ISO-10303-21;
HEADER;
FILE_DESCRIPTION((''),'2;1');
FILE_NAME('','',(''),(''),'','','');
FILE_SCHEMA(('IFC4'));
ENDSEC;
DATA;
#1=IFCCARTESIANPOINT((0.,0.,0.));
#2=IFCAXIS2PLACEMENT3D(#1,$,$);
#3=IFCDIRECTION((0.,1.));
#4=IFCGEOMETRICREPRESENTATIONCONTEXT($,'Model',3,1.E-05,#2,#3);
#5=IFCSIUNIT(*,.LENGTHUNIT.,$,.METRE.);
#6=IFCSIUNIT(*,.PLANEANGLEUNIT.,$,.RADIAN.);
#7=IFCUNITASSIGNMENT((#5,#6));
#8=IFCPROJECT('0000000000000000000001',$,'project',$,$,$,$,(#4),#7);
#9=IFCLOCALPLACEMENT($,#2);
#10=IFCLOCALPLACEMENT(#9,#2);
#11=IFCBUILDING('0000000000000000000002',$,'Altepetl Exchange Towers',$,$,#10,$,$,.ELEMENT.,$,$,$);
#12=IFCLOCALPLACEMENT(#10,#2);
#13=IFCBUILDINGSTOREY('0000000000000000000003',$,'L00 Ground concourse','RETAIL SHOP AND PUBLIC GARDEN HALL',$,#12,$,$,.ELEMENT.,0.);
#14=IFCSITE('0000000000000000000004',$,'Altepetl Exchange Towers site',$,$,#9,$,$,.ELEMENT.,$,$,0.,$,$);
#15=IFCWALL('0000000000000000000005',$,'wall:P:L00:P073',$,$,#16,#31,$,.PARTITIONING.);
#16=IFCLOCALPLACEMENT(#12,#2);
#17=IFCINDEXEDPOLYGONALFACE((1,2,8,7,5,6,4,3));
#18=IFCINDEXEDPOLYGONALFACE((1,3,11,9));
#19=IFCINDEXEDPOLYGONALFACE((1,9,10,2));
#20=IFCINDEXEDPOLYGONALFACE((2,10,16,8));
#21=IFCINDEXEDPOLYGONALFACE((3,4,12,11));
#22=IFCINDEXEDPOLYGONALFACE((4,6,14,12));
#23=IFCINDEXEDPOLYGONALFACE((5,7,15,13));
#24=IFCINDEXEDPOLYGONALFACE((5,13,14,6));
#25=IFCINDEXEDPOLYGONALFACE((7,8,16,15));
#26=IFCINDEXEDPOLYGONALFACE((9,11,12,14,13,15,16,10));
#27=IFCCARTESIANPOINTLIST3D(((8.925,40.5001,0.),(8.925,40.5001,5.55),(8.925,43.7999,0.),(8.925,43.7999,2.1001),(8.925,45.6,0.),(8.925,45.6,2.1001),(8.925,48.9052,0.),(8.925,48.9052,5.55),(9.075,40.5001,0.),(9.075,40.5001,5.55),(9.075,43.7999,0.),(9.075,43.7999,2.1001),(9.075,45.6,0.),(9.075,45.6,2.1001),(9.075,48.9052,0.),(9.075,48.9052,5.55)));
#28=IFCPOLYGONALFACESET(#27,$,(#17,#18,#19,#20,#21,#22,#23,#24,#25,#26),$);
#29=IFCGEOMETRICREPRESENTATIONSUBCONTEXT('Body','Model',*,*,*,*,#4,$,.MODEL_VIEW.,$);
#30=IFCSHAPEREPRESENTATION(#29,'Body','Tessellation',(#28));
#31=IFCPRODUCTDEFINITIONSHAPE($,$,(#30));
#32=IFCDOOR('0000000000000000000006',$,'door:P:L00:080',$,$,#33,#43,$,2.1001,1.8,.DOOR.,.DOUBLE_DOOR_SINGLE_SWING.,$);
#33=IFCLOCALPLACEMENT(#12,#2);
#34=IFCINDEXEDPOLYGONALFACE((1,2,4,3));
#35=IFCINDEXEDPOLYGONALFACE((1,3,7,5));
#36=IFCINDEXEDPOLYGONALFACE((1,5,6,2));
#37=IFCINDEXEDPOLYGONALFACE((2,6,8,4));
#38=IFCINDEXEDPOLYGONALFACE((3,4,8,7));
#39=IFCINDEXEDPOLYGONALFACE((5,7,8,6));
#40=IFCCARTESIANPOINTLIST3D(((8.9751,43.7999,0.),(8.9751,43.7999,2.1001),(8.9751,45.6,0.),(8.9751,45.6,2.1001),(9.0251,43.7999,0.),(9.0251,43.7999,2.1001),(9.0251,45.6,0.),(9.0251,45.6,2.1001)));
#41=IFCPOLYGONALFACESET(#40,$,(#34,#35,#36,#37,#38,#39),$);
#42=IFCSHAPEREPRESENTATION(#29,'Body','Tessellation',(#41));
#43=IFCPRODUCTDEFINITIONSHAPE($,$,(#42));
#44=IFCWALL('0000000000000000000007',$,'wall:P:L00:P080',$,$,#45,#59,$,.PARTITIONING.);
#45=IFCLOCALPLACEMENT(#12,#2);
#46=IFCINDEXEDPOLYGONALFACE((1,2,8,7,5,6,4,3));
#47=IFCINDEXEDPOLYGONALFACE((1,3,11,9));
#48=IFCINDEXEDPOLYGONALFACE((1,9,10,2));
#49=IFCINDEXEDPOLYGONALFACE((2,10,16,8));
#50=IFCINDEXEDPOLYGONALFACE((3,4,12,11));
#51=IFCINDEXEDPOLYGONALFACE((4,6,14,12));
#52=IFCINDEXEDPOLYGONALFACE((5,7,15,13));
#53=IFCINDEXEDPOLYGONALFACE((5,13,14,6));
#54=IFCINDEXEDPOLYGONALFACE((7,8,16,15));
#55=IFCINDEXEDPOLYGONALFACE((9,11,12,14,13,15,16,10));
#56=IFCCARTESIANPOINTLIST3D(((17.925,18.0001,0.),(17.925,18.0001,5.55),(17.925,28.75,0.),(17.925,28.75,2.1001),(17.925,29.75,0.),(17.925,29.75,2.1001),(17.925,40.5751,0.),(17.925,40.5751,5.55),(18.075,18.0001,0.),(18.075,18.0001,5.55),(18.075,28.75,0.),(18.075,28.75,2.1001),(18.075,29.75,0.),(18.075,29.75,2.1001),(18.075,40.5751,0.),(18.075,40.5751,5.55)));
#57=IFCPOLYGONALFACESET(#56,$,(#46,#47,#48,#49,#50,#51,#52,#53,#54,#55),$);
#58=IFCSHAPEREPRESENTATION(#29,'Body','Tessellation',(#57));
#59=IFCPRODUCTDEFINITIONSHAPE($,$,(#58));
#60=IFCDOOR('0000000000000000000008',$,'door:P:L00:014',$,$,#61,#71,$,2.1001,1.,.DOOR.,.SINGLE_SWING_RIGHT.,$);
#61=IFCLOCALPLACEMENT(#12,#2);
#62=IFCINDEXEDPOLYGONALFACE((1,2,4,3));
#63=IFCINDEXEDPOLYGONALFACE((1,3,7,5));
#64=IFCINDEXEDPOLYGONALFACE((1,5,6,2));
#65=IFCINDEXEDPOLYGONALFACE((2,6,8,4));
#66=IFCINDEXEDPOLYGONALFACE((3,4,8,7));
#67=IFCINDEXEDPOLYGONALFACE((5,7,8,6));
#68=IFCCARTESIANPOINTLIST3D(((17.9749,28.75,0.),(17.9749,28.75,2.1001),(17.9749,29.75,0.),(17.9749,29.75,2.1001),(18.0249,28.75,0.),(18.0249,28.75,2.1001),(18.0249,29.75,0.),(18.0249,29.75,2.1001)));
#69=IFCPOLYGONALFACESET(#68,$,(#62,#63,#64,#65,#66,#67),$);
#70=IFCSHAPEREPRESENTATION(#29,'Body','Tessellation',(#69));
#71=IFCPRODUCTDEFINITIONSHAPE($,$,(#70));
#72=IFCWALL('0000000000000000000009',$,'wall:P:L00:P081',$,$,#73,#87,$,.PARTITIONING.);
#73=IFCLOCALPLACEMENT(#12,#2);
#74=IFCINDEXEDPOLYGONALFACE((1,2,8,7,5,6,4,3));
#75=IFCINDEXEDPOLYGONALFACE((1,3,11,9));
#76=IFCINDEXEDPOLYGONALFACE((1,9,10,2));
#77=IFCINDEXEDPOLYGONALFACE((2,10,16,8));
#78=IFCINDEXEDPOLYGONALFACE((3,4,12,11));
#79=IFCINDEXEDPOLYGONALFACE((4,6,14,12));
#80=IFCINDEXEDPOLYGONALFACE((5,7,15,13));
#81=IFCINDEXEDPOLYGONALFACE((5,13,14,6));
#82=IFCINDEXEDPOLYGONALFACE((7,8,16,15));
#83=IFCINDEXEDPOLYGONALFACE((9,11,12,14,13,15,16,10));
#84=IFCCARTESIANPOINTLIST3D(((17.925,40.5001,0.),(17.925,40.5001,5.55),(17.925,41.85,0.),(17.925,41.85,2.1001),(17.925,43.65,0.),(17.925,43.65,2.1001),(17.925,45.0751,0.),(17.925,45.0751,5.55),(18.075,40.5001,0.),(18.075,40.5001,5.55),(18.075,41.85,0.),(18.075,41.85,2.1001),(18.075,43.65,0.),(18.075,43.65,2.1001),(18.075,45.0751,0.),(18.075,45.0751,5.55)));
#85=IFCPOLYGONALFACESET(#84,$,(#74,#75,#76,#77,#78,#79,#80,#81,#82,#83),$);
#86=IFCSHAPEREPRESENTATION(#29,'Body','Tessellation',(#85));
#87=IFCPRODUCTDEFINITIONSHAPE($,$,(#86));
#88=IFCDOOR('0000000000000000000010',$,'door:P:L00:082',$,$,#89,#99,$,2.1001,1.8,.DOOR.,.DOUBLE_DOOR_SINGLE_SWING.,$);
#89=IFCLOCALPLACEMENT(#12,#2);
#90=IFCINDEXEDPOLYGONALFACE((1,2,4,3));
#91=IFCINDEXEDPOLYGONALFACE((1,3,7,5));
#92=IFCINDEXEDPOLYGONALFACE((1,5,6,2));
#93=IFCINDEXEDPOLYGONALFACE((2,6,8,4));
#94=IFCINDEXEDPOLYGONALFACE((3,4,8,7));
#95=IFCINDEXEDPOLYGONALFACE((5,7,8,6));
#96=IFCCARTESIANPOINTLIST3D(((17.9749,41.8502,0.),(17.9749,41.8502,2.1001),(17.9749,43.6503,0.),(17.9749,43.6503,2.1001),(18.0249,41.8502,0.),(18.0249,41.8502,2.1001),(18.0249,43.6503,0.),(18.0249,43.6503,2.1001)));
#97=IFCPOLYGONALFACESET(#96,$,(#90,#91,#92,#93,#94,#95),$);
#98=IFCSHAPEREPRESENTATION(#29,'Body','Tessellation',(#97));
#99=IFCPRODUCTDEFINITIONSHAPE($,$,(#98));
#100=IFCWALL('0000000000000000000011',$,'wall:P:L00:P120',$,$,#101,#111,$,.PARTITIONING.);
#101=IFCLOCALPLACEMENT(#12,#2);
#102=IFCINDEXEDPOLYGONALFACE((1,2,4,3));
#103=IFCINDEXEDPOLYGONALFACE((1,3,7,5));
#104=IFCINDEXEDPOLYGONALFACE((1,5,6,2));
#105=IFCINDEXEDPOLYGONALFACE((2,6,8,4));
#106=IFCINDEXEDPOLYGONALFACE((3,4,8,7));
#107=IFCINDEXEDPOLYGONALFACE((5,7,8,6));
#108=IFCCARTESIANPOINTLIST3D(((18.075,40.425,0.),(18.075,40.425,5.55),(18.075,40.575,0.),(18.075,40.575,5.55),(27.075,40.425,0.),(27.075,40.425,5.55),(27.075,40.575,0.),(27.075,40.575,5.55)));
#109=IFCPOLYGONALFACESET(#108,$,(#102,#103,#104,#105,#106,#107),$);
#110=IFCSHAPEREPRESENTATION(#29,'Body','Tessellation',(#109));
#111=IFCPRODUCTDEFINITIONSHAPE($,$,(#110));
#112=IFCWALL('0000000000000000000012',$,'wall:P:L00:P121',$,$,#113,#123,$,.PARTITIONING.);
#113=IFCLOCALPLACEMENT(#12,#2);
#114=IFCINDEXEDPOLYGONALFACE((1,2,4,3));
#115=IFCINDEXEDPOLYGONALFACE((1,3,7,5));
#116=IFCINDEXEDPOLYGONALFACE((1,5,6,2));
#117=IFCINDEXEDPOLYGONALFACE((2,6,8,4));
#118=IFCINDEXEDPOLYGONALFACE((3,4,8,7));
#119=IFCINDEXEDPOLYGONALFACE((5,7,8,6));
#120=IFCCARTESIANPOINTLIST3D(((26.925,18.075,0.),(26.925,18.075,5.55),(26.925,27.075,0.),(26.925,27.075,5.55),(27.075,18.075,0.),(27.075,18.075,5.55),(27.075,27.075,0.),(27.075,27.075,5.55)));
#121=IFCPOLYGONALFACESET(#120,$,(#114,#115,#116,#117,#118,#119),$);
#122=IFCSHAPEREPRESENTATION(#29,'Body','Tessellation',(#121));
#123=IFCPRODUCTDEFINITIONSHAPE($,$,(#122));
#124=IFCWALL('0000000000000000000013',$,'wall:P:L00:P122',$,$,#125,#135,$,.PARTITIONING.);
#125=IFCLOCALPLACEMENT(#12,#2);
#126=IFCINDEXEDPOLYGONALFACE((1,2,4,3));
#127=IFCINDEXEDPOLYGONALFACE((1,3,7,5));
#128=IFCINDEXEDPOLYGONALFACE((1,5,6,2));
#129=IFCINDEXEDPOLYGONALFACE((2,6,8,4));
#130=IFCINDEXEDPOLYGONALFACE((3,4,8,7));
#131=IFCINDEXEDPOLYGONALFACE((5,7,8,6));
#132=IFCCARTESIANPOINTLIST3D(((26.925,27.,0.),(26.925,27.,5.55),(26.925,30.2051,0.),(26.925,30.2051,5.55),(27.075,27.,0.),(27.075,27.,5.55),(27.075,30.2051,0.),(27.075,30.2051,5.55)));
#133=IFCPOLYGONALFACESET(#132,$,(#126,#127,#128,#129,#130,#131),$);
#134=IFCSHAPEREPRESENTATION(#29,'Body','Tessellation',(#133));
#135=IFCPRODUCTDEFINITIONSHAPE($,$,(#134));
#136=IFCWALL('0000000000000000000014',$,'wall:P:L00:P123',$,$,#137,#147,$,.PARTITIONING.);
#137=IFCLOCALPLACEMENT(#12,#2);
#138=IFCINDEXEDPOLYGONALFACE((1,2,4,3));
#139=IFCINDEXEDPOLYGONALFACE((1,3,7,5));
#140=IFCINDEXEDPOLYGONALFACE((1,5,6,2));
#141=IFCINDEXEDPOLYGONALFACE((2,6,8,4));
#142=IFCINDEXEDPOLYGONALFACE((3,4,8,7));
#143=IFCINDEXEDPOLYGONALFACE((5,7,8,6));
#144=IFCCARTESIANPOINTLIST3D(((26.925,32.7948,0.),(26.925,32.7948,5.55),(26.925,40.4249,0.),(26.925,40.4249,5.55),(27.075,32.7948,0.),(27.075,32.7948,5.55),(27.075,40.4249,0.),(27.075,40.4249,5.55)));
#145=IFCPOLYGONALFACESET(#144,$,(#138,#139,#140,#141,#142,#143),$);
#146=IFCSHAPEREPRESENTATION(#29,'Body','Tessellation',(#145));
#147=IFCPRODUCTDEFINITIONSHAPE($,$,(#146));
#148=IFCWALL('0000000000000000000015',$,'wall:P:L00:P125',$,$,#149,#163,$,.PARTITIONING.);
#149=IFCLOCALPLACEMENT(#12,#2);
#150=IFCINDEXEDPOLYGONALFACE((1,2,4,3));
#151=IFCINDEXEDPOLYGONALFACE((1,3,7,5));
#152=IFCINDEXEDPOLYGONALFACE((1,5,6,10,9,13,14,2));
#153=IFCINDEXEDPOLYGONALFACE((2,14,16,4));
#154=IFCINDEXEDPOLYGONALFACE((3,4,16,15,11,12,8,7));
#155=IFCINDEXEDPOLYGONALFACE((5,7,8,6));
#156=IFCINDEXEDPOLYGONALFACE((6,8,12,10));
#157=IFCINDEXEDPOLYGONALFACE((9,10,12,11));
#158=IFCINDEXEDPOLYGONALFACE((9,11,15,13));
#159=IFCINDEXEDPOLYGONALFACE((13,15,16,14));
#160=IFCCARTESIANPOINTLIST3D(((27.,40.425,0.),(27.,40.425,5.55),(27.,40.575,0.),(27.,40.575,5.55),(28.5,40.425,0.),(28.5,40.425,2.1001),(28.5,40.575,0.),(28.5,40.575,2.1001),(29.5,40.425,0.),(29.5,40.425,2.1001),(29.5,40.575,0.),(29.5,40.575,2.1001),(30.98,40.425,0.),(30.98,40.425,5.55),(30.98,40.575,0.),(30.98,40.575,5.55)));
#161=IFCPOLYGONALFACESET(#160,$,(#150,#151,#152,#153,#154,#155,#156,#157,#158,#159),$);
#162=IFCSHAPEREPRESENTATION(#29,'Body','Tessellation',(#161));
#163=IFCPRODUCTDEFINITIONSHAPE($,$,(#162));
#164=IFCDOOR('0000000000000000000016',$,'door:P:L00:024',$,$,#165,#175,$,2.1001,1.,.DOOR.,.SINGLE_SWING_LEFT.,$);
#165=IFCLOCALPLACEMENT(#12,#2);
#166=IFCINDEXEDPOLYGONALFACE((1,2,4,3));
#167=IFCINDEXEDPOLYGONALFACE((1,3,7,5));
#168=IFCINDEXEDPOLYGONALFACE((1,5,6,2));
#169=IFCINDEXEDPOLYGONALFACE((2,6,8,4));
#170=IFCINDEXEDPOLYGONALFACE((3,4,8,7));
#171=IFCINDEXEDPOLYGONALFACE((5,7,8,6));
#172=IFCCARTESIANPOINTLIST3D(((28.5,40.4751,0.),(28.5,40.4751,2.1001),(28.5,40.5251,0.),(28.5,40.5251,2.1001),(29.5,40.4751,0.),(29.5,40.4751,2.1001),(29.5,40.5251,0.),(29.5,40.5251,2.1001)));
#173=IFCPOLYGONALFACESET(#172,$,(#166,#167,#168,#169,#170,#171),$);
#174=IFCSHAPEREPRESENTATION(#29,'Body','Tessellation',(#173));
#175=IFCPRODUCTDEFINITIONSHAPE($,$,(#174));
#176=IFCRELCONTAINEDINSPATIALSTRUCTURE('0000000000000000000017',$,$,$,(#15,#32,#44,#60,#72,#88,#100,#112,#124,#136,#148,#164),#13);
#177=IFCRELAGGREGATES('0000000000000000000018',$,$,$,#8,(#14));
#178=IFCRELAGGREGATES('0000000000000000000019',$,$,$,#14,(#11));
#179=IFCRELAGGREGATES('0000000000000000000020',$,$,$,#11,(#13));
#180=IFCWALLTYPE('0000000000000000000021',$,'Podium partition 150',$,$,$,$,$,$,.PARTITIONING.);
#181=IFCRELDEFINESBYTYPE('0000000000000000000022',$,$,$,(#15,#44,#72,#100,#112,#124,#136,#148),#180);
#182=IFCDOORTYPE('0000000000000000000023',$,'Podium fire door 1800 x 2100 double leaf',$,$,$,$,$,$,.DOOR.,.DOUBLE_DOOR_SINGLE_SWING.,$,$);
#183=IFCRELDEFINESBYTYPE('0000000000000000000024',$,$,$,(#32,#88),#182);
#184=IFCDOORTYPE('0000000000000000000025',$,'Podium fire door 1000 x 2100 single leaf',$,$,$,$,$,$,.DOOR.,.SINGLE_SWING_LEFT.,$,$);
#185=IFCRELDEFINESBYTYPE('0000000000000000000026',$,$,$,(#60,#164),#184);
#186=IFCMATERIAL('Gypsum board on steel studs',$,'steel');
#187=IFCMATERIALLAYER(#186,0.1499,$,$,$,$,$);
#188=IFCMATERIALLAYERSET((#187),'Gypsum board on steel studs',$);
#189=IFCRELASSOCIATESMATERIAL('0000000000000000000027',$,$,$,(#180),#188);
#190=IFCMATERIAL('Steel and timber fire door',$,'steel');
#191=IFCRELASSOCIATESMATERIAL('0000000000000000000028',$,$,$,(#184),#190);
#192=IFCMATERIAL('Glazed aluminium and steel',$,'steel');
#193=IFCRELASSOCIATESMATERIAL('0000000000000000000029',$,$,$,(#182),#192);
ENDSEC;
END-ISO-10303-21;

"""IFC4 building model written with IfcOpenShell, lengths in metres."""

from ifc_helpers import new_model, si_unit, direction, frame, frame_2d, origin, place, context, subcontext, project, spatial, rectangle, extrude, material, layer, layer_set, type_object, element, fill, save


model = new_model("IFC4")

# Units and contexts
model_context = context("Model", 3, precision=1e-05, world=origin(), true_north=direction((0.0, 1.0)))
body_context = subcontext(model_context, "Body", "Model", "MODEL_VIEW")
ifc_project = project(units=[si_unit("LENGTHUNIT", "METRE"), si_unit("PLANEANGLEUNIT", "RADIAN")], contexts=[model_context])

# Site, building, storey
site_placement = place(None, origin())
site = spatial("IfcSite", under=ifc_project, at=site_placement, Name="Altepetl Exchange Towers site", CompositionType="ELEMENT", RefElevation=0.0)
building_placement = place(site_placement, origin())
building = spatial("IfcBuilding", under=site, at=building_placement, Name="Altepetl Exchange Towers", CompositionType="ELEMENT")
storey_placement = place(building_placement, origin())
storey = spatial("IfcBuildingStorey", under=building, at=storey_placement, Name="L00 Ground concourse", Description="RETAIL SHOP AND PUBLIC GARDEN HALL", CompositionType="ELEMENT", Elevation=0.0)

# Shared definitions
ifc_material_1 = material(Name="Gypsum board on steel studs", Category="steel")
ifc_layer = layer(ifc_material_1, 0.1499)
ifc_layer_set = layer_set([ifc_layer], Name="Gypsum board on steel studs")
wall_type = type_object("IfcWallType", Name="Podium partition 150", PredefinedType="PARTITIONING", material=ifc_layer_set)

# Shared definitions
ifc_material_2 = material(Name="Steel and timber fire door", Category="steel")
door_type_1 = type_object("IfcDoorType", Name="Podium fire door 1000 x 2100 single leaf", OperationType="SINGLE_SWING_LEFT", PredefinedType="DOOR", material=ifc_material_2)

# Shared definitions
ifc_material_3 = material(Name="Glazed aluminium and steel", Category="steel")
door_type_2 = type_object("IfcDoorType", Name="Podium fire door 1800 x 2100 double leaf", OperationType="DOUBLE_DOOR_SINGLE_SWING", PredefinedType="DOOR", material=ifc_material_3)

# Walls, openings, doors
wall_1_placement = place(storey_placement, frame((9.0, 40.5, 0.0), z_axis=(0.0, 0.0, 1.0), x_axis=(0.0, 1.0, 0.0)))
wall_1 = element("IfcWall", 1, at=wall_1_placement, inside=storey, type_object=wall_type, Name="wall:P:L00:P073", PredefinedType="PARTITIONING", context=body_context, shape_type="SweptSolid", body=[
    extrude(rectangle(XDim=8.405, YDim=0.1499, at=frame_2d((4.2026, 0.0))), origin(), (0.0, 0.0, 1.0), 5.55),
])
opening_1_placement = place(wall_1_placement, frame((3.3, 0.0, 0.0)))
opening_1 = element("IfcOpeningElement", 2, at=opening_1_placement, cuts=wall_1, PredefinedType="OPENING", context=body_context, shape_type="SweptSolid", body=[
    extrude(rectangle(XDim=1.8, YDim=2.1001, at=frame_2d((0.8999, 1.05))), frame((0.0, 0.085, 0.0), z_axis=(0.0, -1.0, 0.0), x_axis=(1.0, 0.0, 0.0)), (0.0, 0.0, 1.0), 0.1699),
])
door_1_placement = place(opening_1_placement, origin())
door_1 = element("IfcDoor", 3, at=door_1_placement, inside=storey, type_object=door_type_2, Name="door:P:L00:080", OperationType="DOUBLE_DOOR_SINGLE_SWING", OverallHeight=2.1001, OverallWidth=1.8, PredefinedType="DOOR", context=body_context, shape_type="SweptSolid", body=[
    extrude(rectangle(XDim=1.8, YDim=2.1001, at=frame_2d((0.8999, 1.05))), frame((0.0, 0.0249, 0.0), z_axis=(0.0, -1.0, 0.0), x_axis=(1.0, 0.0, 0.0)), (0.0, 0.0, 1.0), 0.05),
])
fill(opening_1, door_1)
wall_2_placement = place(storey_placement, frame((18.0, 18.0, 0.0), z_axis=(0.0, 0.0, 1.0), x_axis=(0.0, 1.0, 0.0)))
wall_2 = element("IfcWall", 4, at=wall_2_placement, inside=storey, type_object=wall_type, Name="wall:P:L00:P080", PredefinedType="PARTITIONING", context=body_context, shape_type="SweptSolid", body=[
    extrude(rectangle(XDim=22.575, YDim=0.1499, at=frame_2d((11.2876, 0.0))), origin(), (0.0, 0.0, 1.0), 5.55),
])
opening_2_placement = place(wall_2_placement, frame((10.75, 0.0, 0.0)))
opening_2 = element("IfcOpeningElement", 5, at=opening_2_placement, cuts=wall_2, PredefinedType="OPENING", context=body_context, shape_type="SweptSolid", body=[
    extrude(rectangle(XDim=1.0, YDim=2.1001, at=frame_2d((0.5, 1.05))), frame((0.0, 0.085, 0.0), z_axis=(0.0, -1.0, 0.0), x_axis=(1.0, 0.0, 0.0)), (0.0, 0.0, 1.0), 0.1699),
])
door_2_placement = place(opening_2_placement, frame((1.0, 0.0, 0.0), x_axis=(-1.0, 0.0, 0.0)))
door_2 = element("IfcDoor", 6, at=door_2_placement, inside=storey, type_object=door_type_1, Name="door:P:L00:014", OperationType="SINGLE_SWING_RIGHT", OverallHeight=2.1001, OverallWidth=1.0, PredefinedType="DOOR", context=body_context, shape_type="SweptSolid", body=[
    extrude(rectangle(XDim=1.0, YDim=2.1001, at=frame_2d((0.5, 1.05))), frame((0.0, 0.0249, 0.0), z_axis=(0.0, -1.0, 0.0), x_axis=(1.0, 0.0, 0.0)), (0.0, 0.0, 1.0), 0.05),
])
fill(opening_2, door_2)
wall_3_placement = place(storey_placement, frame((18.0, 40.5, 0.0), z_axis=(0.0, 0.0, 1.0), x_axis=(0.0, 1.0, 0.0)))
wall_3 = element("IfcWall", 7, at=wall_3_placement, inside=storey, type_object=wall_type, Name="wall:P:L00:P081", PredefinedType="PARTITIONING", context=body_context, shape_type="SweptSolid", body=[
    extrude(rectangle(XDim=4.575, YDim=0.1499, at=frame_2d((2.2876, 0.0))), origin(), (0.0, 0.0, 1.0), 5.55),
])
opening_3_placement = place(wall_3_placement, frame((1.3501, 0.0, 0.0)))
opening_3 = element("IfcOpeningElement", 8, at=opening_3_placement, cuts=wall_3, PredefinedType="OPENING", context=body_context, shape_type="SweptSolid", body=[
    extrude(rectangle(XDim=1.8, YDim=2.1001, at=frame_2d((0.8999, 1.05))), frame((0.0, 0.085, 0.0), z_axis=(0.0, -1.0, 0.0), x_axis=(1.0, 0.0, 0.0)), (0.0, 0.0, 1.0), 0.1699),
])
door_3_placement = place(opening_3_placement, frame((1.8, 0.0, 0.0), x_axis=(-1.0, 0.0, 0.0)))
door_3 = element("IfcDoor", 9, at=door_3_placement, inside=storey, type_object=door_type_2, Name="door:P:L00:082", OperationType="DOUBLE_DOOR_SINGLE_SWING", OverallHeight=2.1001, OverallWidth=1.8, PredefinedType="DOOR", context=body_context, shape_type="SweptSolid", body=[
    extrude(rectangle(XDim=1.8, YDim=2.1001, at=frame_2d((0.8999, 1.05))), frame((0.0, 0.0249, 0.0), z_axis=(0.0, -1.0, 0.0), x_axis=(1.0, 0.0, 0.0)), (0.0, 0.0, 1.0), 0.05),
])
fill(opening_3, door_3)

# Walls
wall_4_placement = place(storey_placement, frame((18.075, 40.5, 0.0)))
element("IfcWall", 10, at=wall_4_placement, inside=storey, type_object=wall_type, Name="wall:P:L00:P120", PredefinedType="PARTITIONING", context=body_context, shape_type="SweptSolid", body=[
    extrude(rectangle(XDim=9.0, YDim=0.1499, at=frame_2d((4.5, 0.0))), origin(), (0.0, 0.0, 1.0), 5.55),
])
wall_5_placement = place(storey_placement, frame((27.0, 18.075, 0.0), z_axis=(0.0, 0.0, 1.0), x_axis=(0.0, 1.0, 0.0)))
element("IfcWall", 11, at=wall_5_placement, inside=storey, type_object=wall_type, Name="wall:P:L00:P121", PredefinedType="PARTITIONING", context=body_context, shape_type="SweptSolid", body=[
    extrude(rectangle(XDim=9.0, YDim=0.1499, at=frame_2d((4.5, 0.0))), origin(), (0.0, 0.0, 1.0), 5.55),
])
wall_6_placement = place(storey_placement, frame((27.0, 27.0, 0.0), z_axis=(0.0, 0.0, 1.0), x_axis=(0.0, 1.0, 0.0)))
element("IfcWall", 12, at=wall_6_placement, inside=storey, type_object=wall_type, Name="wall:P:L00:P122", PredefinedType="PARTITIONING", context=body_context, shape_type="SweptSolid", body=[
    extrude(rectangle(XDim=3.2051, YDim=0.1499, at=frame_2d((1.6025, 0.0))), origin(), (0.0, 0.0, 1.0), 5.55),
])
wall_7_placement = place(storey_placement, frame((27.0, 32.7949, 0.0), z_axis=(0.0, 0.0, 1.0), x_axis=(0.0, 1.0, 0.0)))
element("IfcWall", 13, at=wall_7_placement, inside=storey, type_object=wall_type, Name="wall:P:L00:P123", PredefinedType="PARTITIONING", context=body_context, shape_type="SweptSolid", body=[
    extrude(rectangle(XDim=7.6301, YDim=0.1499, at=frame_2d((3.8149, 0.0))), origin(), (0.0, 0.0, 1.0), 5.55),
])

# Wall, opening, door
wall_8_placement = place(storey_placement, frame((27.0, 40.5, 0.0)))
wall_8 = element("IfcWall", 14, at=wall_8_placement, inside=storey, type_object=wall_type, Name="wall:P:L00:P125", PredefinedType="PARTITIONING", context=body_context, shape_type="SweptSolid", body=[
    extrude(rectangle(XDim=3.98, YDim=0.1499, at=frame_2d((1.99, 0.0))), origin(), (0.0, 0.0, 1.0), 5.55),
])
opening_4_placement = place(wall_8_placement, frame((1.5, 0.0, 0.0)))
opening_4 = element("IfcOpeningElement", 15, at=opening_4_placement, cuts=wall_8, PredefinedType="OPENING", context=body_context, shape_type="SweptSolid", body=[
    extrude(rectangle(XDim=1.0, YDim=2.1001, at=frame_2d((0.5, 1.05))), frame((0.0, 0.085, 0.0), z_axis=(0.0, -1.0, 0.0), x_axis=(1.0, 0.0, 0.0)), (0.0, 0.0, 1.0), 0.1699),
])
door_4_placement = place(opening_4_placement, frame((1.0, 0.0, 0.0), x_axis=(-1.0, 0.0, 0.0)))
door_4 = element("IfcDoor", 16, at=door_4_placement, inside=storey, type_object=door_type_1, Name="door:P:L00:024", OperationType="SINGLE_SWING_LEFT", OverallHeight=2.1001, OverallWidth=1.0, PredefinedType="DOOR", context=body_context, shape_type="SweptSolid", body=[
    extrude(rectangle(XDim=1.0, YDim=2.1001, at=frame_2d((0.5, 1.05))), frame((0.0, 0.0249, 0.0), z_axis=(0.0, -1.0, 0.0), x_axis=(1.0, 0.0, 0.0)), (0.0, 0.0, 1.0), 0.05),
])
fill(opening_4, door_4)

save(model, "model.ifc")
